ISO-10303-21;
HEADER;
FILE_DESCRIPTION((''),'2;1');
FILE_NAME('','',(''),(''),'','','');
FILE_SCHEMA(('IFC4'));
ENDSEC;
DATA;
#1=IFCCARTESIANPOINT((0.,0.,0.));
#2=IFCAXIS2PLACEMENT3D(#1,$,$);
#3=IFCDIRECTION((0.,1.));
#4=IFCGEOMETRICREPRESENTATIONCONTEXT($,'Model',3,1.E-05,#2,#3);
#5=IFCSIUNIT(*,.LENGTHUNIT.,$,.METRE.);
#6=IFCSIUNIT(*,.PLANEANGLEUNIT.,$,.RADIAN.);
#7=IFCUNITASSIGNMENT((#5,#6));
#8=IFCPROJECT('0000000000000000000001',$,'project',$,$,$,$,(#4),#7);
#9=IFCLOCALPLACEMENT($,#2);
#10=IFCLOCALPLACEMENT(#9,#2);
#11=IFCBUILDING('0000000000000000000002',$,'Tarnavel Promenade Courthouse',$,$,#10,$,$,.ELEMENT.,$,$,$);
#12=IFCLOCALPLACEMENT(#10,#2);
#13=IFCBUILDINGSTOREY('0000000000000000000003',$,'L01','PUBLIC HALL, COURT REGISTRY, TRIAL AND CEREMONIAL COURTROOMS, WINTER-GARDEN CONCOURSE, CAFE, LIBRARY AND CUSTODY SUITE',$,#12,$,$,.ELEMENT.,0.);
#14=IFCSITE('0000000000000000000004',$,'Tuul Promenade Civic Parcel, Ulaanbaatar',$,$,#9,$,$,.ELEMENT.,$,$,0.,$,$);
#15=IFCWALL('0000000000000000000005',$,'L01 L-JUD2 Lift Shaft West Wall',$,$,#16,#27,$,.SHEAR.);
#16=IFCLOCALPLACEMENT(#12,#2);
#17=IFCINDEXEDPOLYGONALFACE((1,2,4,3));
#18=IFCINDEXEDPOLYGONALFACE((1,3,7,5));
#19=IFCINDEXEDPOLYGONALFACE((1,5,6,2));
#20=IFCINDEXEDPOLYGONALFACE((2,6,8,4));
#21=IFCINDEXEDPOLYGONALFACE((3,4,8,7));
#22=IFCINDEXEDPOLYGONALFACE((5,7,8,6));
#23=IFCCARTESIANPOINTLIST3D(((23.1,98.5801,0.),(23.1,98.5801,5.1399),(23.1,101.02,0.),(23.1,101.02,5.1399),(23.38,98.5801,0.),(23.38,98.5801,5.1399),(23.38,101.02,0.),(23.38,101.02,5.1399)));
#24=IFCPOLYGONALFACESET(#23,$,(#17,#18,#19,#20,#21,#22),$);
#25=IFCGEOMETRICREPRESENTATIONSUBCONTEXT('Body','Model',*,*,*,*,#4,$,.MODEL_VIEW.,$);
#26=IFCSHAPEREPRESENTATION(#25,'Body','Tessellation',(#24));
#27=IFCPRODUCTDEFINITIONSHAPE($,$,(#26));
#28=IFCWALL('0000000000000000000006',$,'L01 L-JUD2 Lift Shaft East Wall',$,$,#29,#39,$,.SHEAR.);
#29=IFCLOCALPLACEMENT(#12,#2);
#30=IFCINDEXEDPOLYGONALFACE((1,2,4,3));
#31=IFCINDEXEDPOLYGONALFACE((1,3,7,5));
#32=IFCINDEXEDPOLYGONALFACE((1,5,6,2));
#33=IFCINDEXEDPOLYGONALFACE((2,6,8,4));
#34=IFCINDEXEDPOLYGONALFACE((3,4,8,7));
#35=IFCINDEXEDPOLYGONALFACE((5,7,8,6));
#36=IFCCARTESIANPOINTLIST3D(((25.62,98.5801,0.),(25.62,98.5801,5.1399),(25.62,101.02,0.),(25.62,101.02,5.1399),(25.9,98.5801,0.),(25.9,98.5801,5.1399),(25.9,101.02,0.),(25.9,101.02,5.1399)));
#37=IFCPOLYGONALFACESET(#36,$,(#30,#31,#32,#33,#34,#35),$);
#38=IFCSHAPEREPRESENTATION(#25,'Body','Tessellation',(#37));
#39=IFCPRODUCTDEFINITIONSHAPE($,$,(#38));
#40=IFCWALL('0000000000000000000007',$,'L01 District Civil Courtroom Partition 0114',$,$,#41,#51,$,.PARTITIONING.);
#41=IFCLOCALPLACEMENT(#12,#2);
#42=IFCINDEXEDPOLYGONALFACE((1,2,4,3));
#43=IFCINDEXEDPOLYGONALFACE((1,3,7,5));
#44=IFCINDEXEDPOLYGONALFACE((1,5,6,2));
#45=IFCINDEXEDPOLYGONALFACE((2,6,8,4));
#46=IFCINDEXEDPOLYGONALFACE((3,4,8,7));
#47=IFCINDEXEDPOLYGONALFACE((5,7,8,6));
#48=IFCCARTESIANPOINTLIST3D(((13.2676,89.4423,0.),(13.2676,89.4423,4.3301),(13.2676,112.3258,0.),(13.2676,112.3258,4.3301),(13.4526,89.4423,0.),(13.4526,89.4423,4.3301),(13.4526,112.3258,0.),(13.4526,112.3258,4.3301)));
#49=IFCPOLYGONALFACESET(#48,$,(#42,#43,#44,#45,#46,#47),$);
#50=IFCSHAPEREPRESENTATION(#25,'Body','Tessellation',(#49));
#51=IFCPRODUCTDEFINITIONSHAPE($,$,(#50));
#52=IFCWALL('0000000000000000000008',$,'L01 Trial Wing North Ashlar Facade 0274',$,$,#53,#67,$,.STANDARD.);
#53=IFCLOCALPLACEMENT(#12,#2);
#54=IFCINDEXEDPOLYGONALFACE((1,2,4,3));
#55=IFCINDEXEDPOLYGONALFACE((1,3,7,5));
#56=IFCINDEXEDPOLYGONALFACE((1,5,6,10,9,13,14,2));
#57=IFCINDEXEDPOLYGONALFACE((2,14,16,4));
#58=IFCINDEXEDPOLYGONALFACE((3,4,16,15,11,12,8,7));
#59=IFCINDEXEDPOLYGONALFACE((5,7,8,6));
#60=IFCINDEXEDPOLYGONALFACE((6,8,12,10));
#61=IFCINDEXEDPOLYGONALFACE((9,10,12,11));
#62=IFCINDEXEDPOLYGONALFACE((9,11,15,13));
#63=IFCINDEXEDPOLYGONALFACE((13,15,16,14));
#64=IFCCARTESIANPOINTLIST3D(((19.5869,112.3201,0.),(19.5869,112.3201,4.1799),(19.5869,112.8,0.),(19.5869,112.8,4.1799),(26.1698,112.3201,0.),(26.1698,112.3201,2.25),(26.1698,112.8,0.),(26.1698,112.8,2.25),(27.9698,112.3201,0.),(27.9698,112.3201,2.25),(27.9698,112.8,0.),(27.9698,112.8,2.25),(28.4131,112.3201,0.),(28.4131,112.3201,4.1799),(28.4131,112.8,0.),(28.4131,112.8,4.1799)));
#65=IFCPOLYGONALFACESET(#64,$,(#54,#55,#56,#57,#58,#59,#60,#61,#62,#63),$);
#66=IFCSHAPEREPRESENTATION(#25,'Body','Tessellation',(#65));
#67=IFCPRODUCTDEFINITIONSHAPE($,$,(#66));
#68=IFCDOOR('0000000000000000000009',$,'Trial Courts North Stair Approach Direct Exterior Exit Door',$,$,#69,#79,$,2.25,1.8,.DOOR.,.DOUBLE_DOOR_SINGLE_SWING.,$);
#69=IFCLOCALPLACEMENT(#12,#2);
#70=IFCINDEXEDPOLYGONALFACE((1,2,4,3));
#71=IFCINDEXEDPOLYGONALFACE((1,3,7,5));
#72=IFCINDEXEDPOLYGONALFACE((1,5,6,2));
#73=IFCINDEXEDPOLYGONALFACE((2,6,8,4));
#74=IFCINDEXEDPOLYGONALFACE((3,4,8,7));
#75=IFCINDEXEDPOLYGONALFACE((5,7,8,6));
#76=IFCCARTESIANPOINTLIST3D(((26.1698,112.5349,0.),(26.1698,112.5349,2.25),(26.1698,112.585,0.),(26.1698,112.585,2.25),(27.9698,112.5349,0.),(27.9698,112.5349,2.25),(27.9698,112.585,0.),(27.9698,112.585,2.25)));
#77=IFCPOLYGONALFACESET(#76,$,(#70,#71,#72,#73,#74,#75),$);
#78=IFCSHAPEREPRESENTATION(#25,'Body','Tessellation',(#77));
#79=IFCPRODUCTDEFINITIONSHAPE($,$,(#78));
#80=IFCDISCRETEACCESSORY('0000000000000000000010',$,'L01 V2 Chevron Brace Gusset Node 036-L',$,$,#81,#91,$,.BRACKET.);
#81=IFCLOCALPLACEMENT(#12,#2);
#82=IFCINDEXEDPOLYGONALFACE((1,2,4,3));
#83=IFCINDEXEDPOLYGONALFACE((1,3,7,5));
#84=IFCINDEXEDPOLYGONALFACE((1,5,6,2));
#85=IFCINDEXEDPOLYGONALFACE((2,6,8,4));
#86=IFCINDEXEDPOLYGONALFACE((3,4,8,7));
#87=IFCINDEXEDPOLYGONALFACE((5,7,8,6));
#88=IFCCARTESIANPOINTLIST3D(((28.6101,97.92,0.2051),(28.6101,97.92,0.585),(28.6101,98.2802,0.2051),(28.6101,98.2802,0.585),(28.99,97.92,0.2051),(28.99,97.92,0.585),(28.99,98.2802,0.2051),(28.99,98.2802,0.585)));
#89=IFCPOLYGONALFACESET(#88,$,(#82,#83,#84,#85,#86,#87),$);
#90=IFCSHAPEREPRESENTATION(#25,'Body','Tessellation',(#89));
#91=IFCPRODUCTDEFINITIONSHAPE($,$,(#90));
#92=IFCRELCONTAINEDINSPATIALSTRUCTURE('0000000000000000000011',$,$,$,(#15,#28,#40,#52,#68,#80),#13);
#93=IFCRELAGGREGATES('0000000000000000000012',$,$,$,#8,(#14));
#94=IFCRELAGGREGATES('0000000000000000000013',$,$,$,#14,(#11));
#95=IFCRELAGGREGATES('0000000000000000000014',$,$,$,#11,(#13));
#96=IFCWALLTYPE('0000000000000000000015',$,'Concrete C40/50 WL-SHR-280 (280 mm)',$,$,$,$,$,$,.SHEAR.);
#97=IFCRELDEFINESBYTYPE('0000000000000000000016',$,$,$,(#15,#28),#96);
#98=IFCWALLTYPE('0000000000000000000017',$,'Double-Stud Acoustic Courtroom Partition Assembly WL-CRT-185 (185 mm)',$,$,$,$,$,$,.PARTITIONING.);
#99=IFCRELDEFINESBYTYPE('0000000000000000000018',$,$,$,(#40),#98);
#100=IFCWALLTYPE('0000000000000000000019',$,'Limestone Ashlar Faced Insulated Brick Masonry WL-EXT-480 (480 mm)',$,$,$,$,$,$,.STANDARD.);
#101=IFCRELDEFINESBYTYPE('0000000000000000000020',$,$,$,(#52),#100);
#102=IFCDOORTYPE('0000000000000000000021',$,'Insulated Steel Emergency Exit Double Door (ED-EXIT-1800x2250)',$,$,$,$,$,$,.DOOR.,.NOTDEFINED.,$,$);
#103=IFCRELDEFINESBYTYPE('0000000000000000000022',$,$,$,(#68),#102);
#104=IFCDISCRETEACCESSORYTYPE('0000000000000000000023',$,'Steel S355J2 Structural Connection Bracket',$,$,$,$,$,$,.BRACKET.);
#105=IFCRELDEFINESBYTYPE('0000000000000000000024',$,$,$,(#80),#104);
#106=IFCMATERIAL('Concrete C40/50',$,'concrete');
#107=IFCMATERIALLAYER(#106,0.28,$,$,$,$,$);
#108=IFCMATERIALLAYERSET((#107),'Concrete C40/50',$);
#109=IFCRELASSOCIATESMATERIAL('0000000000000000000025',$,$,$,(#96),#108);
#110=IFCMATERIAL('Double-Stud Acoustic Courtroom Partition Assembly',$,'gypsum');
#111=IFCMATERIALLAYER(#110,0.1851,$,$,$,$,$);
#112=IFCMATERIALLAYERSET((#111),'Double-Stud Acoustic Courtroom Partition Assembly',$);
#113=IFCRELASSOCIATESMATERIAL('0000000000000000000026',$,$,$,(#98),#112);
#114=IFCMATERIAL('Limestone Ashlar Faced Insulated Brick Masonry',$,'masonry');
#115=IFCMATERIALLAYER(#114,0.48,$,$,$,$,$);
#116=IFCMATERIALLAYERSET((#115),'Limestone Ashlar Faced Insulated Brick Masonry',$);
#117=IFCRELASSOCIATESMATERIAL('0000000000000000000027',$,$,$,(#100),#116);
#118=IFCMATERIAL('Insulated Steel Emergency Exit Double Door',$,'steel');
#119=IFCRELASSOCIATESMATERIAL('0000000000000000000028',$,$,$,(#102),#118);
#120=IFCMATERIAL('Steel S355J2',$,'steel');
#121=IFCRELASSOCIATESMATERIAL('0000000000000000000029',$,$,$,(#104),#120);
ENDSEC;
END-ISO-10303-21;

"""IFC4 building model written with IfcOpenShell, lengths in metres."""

from ifc_helpers import new_model, si_unit, direction, frame, frame_2d, origin, origin_2d, place, context, subcontext, project, spatial, rectangle, extrude, material, layer, layer_set, type_object, element, fill, save


model = new_model("IFC4")

# Units and contexts
model_context = context("Model", 3, precision=1e-05, world=origin(), true_north=direction((0.0, 1.0)))
body_context = subcontext(model_context, "Body", "Model", "MODEL_VIEW")
ifc_project = project(units=[si_unit("LENGTHUNIT", "METRE"), si_unit("PLANEANGLEUNIT", "RADIAN")], contexts=[model_context])

# Site, building, storey
site_placement = place(None, origin())
site = spatial("IfcSite", under=ifc_project, at=site_placement, Name="Tuul Promenade Civic Parcel, Ulaanbaatar", CompositionType="ELEMENT", RefElevation=0.0)
building_placement = place(site_placement, origin())
building = spatial("IfcBuilding", under=site, at=building_placement, Name="Tarnavel Promenade Courthouse", CompositionType="ELEMENT")
storey_placement = place(building_placement, origin())
storey = spatial("IfcBuildingStorey", under=building, at=storey_placement, Name="L01", Description="PUBLIC HALL, COURT REGISTRY, TRIAL AND CEREMONIAL COURTROOMS, WINTER-GARDEN CONCOURSE, CAFE, LIBRARY AND CUSTODY SUITE", CompositionType="ELEMENT", Elevation=0.0)

# Shared definitions
ifc_material_1 = material(Name="Concrete C40/50", Category="concrete")

# Shared definitions
ifc_material_2 = material(Name="Steel S355J2", Category="steel")

# Shared definitions
ifc_layer_1 = layer(ifc_material_1, 0.28)
ifc_layer_set_1 = layer_set([ifc_layer_1], Name="Concrete C40/50")
wall_type_1 = type_object("IfcWallType", Name="Concrete C40/50 WL-SHR-280 (280 mm)", PredefinedType="SHEAR", material=ifc_layer_set_1)

# Walls
for number, where, z_axis, x_axis, name in (
    (1, (23.24, 98.5801, 0.0), (0.0, 0.0, 1.0), (0.0, 1.0, 0.0), "L01 L-JUD2 Lift Shaft West Wall"),
    (2, (25.76, 101.02, 0.0), (0.0, 0.0, 1.0), (0.0, -1.0, 0.0), "L01 L-JUD2 Lift Shaft East Wall"),
):
    element("IfcWall", number, at=place(storey_placement, frame(where, z_axis=z_axis, x_axis=x_axis)), inside=storey, type_object=wall_type_1, Name=name, PredefinedType="SHEAR", context=body_context, shape_type="SweptSolid", body=[
        extrude(rectangle(XDim=2.4399, YDim=0.28, at=frame_2d((1.22, 0.0))), origin(), (0.0, 0.0, 1.0), 5.1399),
    ])
ifc_material_3 = material(Name="Double-Stud Acoustic Courtroom Partition Assembly", Category="gypsum")
ifc_layer_2 = layer(ifc_material_3, 0.1851)
ifc_layer_set_2 = layer_set([ifc_layer_2], Name="Double-Stud Acoustic Courtroom Partition Assembly")
wall_type_2 = type_object("IfcWallType", Name="Double-Stud Acoustic Courtroom Partition Assembly WL-CRT-185 (185 mm)", PredefinedType="PARTITIONING", material=ifc_layer_set_2)
wall_1_placement = place(storey_placement, frame((13.3601, 112.3259, 0.0), z_axis=(0.0, 0.0, 1.0), x_axis=(0.0, -1.0, 0.0)))
element("IfcWall", 3, at=wall_1_placement, inside=storey, type_object=wall_type_2, Name="L01 District Civil Courtroom Partition 0114", PredefinedType="PARTITIONING", context=body_context, shape_type="SweptSolid", body=[
    extrude(rectangle(XDim=22.8835, YDim=0.1851, at=frame_2d((11.4419, 0.0))), origin(), (0.0, 0.0, 1.0), 4.3301),
])

# Wall, opening, door
ifc_material_4 = material(Name="Limestone Ashlar Faced Insulated Brick Masonry", Category="masonry")
ifc_layer_3 = layer(ifc_material_4, 0.48)
ifc_layer_set_3 = layer_set([ifc_layer_3], Name="Limestone Ashlar Faced Insulated Brick Masonry")
wall_type_3 = type_object("IfcWallType", Name="Limestone Ashlar Faced Insulated Brick Masonry WL-EXT-480 (480 mm)", PredefinedType="STANDARD", material=ifc_layer_set_3)
wall_2_placement = place(storey_placement, frame((19.5869, 112.5601, 0.0), z_axis=(0.0, 0.0, 1.0), x_axis=(1.0, 0.0, 0.0)))
wall_2 = element("IfcWall", 4, at=wall_2_placement, inside=storey, type_object=wall_type_3, Name="L01 Trial Wing North Ashlar Facade 0274", PredefinedType="STANDARD", context=body_context, shape_type="SweptSolid", body=[
    extrude(rectangle(XDim=8.8262, YDim=0.48, at=frame_2d((4.4131, 0.0))), origin(), (0.0, 0.0, 1.0), 4.1799),
])
opening_1_placement = place(wall_2_placement, frame((6.583, 0.0, 0.0)))
opening_1 = element("IfcOpeningElement", 5, at=opening_1_placement, cuts=wall_2, PredefinedType="OPENING", context=body_context, shape_type="SweptSolid", body=[
    extrude(rectangle(XDim=1.8, YDim=2.25, at=frame_2d((0.8999, 1.125))), frame((0.0, 0.25, 0.0), z_axis=(0.0, -1.0, 0.0), x_axis=(1.0, 0.0, 0.0)), (0.0, 0.0, 1.0), 0.5),
])
ifc_material_5 = material(Name="Insulated Steel Emergency Exit Double Door", Category="steel")
door_type_1 = type_object("IfcDoorType", Name="Insulated Steel Emergency Exit Double Door (ED-EXIT-1800x2250)", OperationType="NOTDEFINED", PredefinedType="DOOR", material=ifc_material_5)
door_1_placement = place(opening_1_placement, origin())
door_1 = element("IfcDoor", 6, at=door_1_placement, inside=storey, type_object=door_type_1, Name="Trial Courts North Stair Approach Direct Exterior Exit Door", OperationType="DOUBLE_DOOR_SINGLE_SWING", OverallHeight=2.25, OverallWidth=1.8, PredefinedType="DOOR", context=body_context, shape_type="SweptSolid", body=[
    extrude(rectangle(XDim=1.8, YDim=2.25, at=frame_2d((0.8999, 1.125))), frame((0.0, 0.0249, 0.0), z_axis=(0.0, -1.0, 0.0), x_axis=(1.0, 0.0, 0.0)), (0.0, 0.0, 1.0), 0.05),
])
fill(opening_1, door_1)

# Discrete accessory
discrete_accessory_type = type_object("IfcDiscreteAccessoryType", Name="Steel S355J2 Structural Connection Bracket", PredefinedType="BRACKET", material=ifc_material_2)
discrete_accessory_placement = place(storey_placement, frame((28.8, 98.1001, 0.2051), z_axis=(0.0, 0.0, 1.0), x_axis=(1.0, 0.0, 0.0)))
element("IfcDiscreteAccessory", 7, at=discrete_accessory_placement, inside=storey, type_object=discrete_accessory_type, Name="L01 V2 Chevron Brace Gusset Node 036-L", PredefinedType="BRACKET", context=body_context, shape_type="SweptSolid", body=[
    extrude(rectangle(XDim=0.3799, YDim=0.3601, at=origin_2d()), origin(), (0.0, 0.0, 1.0), 0.3799),
])

save(model, "model.ifc")
